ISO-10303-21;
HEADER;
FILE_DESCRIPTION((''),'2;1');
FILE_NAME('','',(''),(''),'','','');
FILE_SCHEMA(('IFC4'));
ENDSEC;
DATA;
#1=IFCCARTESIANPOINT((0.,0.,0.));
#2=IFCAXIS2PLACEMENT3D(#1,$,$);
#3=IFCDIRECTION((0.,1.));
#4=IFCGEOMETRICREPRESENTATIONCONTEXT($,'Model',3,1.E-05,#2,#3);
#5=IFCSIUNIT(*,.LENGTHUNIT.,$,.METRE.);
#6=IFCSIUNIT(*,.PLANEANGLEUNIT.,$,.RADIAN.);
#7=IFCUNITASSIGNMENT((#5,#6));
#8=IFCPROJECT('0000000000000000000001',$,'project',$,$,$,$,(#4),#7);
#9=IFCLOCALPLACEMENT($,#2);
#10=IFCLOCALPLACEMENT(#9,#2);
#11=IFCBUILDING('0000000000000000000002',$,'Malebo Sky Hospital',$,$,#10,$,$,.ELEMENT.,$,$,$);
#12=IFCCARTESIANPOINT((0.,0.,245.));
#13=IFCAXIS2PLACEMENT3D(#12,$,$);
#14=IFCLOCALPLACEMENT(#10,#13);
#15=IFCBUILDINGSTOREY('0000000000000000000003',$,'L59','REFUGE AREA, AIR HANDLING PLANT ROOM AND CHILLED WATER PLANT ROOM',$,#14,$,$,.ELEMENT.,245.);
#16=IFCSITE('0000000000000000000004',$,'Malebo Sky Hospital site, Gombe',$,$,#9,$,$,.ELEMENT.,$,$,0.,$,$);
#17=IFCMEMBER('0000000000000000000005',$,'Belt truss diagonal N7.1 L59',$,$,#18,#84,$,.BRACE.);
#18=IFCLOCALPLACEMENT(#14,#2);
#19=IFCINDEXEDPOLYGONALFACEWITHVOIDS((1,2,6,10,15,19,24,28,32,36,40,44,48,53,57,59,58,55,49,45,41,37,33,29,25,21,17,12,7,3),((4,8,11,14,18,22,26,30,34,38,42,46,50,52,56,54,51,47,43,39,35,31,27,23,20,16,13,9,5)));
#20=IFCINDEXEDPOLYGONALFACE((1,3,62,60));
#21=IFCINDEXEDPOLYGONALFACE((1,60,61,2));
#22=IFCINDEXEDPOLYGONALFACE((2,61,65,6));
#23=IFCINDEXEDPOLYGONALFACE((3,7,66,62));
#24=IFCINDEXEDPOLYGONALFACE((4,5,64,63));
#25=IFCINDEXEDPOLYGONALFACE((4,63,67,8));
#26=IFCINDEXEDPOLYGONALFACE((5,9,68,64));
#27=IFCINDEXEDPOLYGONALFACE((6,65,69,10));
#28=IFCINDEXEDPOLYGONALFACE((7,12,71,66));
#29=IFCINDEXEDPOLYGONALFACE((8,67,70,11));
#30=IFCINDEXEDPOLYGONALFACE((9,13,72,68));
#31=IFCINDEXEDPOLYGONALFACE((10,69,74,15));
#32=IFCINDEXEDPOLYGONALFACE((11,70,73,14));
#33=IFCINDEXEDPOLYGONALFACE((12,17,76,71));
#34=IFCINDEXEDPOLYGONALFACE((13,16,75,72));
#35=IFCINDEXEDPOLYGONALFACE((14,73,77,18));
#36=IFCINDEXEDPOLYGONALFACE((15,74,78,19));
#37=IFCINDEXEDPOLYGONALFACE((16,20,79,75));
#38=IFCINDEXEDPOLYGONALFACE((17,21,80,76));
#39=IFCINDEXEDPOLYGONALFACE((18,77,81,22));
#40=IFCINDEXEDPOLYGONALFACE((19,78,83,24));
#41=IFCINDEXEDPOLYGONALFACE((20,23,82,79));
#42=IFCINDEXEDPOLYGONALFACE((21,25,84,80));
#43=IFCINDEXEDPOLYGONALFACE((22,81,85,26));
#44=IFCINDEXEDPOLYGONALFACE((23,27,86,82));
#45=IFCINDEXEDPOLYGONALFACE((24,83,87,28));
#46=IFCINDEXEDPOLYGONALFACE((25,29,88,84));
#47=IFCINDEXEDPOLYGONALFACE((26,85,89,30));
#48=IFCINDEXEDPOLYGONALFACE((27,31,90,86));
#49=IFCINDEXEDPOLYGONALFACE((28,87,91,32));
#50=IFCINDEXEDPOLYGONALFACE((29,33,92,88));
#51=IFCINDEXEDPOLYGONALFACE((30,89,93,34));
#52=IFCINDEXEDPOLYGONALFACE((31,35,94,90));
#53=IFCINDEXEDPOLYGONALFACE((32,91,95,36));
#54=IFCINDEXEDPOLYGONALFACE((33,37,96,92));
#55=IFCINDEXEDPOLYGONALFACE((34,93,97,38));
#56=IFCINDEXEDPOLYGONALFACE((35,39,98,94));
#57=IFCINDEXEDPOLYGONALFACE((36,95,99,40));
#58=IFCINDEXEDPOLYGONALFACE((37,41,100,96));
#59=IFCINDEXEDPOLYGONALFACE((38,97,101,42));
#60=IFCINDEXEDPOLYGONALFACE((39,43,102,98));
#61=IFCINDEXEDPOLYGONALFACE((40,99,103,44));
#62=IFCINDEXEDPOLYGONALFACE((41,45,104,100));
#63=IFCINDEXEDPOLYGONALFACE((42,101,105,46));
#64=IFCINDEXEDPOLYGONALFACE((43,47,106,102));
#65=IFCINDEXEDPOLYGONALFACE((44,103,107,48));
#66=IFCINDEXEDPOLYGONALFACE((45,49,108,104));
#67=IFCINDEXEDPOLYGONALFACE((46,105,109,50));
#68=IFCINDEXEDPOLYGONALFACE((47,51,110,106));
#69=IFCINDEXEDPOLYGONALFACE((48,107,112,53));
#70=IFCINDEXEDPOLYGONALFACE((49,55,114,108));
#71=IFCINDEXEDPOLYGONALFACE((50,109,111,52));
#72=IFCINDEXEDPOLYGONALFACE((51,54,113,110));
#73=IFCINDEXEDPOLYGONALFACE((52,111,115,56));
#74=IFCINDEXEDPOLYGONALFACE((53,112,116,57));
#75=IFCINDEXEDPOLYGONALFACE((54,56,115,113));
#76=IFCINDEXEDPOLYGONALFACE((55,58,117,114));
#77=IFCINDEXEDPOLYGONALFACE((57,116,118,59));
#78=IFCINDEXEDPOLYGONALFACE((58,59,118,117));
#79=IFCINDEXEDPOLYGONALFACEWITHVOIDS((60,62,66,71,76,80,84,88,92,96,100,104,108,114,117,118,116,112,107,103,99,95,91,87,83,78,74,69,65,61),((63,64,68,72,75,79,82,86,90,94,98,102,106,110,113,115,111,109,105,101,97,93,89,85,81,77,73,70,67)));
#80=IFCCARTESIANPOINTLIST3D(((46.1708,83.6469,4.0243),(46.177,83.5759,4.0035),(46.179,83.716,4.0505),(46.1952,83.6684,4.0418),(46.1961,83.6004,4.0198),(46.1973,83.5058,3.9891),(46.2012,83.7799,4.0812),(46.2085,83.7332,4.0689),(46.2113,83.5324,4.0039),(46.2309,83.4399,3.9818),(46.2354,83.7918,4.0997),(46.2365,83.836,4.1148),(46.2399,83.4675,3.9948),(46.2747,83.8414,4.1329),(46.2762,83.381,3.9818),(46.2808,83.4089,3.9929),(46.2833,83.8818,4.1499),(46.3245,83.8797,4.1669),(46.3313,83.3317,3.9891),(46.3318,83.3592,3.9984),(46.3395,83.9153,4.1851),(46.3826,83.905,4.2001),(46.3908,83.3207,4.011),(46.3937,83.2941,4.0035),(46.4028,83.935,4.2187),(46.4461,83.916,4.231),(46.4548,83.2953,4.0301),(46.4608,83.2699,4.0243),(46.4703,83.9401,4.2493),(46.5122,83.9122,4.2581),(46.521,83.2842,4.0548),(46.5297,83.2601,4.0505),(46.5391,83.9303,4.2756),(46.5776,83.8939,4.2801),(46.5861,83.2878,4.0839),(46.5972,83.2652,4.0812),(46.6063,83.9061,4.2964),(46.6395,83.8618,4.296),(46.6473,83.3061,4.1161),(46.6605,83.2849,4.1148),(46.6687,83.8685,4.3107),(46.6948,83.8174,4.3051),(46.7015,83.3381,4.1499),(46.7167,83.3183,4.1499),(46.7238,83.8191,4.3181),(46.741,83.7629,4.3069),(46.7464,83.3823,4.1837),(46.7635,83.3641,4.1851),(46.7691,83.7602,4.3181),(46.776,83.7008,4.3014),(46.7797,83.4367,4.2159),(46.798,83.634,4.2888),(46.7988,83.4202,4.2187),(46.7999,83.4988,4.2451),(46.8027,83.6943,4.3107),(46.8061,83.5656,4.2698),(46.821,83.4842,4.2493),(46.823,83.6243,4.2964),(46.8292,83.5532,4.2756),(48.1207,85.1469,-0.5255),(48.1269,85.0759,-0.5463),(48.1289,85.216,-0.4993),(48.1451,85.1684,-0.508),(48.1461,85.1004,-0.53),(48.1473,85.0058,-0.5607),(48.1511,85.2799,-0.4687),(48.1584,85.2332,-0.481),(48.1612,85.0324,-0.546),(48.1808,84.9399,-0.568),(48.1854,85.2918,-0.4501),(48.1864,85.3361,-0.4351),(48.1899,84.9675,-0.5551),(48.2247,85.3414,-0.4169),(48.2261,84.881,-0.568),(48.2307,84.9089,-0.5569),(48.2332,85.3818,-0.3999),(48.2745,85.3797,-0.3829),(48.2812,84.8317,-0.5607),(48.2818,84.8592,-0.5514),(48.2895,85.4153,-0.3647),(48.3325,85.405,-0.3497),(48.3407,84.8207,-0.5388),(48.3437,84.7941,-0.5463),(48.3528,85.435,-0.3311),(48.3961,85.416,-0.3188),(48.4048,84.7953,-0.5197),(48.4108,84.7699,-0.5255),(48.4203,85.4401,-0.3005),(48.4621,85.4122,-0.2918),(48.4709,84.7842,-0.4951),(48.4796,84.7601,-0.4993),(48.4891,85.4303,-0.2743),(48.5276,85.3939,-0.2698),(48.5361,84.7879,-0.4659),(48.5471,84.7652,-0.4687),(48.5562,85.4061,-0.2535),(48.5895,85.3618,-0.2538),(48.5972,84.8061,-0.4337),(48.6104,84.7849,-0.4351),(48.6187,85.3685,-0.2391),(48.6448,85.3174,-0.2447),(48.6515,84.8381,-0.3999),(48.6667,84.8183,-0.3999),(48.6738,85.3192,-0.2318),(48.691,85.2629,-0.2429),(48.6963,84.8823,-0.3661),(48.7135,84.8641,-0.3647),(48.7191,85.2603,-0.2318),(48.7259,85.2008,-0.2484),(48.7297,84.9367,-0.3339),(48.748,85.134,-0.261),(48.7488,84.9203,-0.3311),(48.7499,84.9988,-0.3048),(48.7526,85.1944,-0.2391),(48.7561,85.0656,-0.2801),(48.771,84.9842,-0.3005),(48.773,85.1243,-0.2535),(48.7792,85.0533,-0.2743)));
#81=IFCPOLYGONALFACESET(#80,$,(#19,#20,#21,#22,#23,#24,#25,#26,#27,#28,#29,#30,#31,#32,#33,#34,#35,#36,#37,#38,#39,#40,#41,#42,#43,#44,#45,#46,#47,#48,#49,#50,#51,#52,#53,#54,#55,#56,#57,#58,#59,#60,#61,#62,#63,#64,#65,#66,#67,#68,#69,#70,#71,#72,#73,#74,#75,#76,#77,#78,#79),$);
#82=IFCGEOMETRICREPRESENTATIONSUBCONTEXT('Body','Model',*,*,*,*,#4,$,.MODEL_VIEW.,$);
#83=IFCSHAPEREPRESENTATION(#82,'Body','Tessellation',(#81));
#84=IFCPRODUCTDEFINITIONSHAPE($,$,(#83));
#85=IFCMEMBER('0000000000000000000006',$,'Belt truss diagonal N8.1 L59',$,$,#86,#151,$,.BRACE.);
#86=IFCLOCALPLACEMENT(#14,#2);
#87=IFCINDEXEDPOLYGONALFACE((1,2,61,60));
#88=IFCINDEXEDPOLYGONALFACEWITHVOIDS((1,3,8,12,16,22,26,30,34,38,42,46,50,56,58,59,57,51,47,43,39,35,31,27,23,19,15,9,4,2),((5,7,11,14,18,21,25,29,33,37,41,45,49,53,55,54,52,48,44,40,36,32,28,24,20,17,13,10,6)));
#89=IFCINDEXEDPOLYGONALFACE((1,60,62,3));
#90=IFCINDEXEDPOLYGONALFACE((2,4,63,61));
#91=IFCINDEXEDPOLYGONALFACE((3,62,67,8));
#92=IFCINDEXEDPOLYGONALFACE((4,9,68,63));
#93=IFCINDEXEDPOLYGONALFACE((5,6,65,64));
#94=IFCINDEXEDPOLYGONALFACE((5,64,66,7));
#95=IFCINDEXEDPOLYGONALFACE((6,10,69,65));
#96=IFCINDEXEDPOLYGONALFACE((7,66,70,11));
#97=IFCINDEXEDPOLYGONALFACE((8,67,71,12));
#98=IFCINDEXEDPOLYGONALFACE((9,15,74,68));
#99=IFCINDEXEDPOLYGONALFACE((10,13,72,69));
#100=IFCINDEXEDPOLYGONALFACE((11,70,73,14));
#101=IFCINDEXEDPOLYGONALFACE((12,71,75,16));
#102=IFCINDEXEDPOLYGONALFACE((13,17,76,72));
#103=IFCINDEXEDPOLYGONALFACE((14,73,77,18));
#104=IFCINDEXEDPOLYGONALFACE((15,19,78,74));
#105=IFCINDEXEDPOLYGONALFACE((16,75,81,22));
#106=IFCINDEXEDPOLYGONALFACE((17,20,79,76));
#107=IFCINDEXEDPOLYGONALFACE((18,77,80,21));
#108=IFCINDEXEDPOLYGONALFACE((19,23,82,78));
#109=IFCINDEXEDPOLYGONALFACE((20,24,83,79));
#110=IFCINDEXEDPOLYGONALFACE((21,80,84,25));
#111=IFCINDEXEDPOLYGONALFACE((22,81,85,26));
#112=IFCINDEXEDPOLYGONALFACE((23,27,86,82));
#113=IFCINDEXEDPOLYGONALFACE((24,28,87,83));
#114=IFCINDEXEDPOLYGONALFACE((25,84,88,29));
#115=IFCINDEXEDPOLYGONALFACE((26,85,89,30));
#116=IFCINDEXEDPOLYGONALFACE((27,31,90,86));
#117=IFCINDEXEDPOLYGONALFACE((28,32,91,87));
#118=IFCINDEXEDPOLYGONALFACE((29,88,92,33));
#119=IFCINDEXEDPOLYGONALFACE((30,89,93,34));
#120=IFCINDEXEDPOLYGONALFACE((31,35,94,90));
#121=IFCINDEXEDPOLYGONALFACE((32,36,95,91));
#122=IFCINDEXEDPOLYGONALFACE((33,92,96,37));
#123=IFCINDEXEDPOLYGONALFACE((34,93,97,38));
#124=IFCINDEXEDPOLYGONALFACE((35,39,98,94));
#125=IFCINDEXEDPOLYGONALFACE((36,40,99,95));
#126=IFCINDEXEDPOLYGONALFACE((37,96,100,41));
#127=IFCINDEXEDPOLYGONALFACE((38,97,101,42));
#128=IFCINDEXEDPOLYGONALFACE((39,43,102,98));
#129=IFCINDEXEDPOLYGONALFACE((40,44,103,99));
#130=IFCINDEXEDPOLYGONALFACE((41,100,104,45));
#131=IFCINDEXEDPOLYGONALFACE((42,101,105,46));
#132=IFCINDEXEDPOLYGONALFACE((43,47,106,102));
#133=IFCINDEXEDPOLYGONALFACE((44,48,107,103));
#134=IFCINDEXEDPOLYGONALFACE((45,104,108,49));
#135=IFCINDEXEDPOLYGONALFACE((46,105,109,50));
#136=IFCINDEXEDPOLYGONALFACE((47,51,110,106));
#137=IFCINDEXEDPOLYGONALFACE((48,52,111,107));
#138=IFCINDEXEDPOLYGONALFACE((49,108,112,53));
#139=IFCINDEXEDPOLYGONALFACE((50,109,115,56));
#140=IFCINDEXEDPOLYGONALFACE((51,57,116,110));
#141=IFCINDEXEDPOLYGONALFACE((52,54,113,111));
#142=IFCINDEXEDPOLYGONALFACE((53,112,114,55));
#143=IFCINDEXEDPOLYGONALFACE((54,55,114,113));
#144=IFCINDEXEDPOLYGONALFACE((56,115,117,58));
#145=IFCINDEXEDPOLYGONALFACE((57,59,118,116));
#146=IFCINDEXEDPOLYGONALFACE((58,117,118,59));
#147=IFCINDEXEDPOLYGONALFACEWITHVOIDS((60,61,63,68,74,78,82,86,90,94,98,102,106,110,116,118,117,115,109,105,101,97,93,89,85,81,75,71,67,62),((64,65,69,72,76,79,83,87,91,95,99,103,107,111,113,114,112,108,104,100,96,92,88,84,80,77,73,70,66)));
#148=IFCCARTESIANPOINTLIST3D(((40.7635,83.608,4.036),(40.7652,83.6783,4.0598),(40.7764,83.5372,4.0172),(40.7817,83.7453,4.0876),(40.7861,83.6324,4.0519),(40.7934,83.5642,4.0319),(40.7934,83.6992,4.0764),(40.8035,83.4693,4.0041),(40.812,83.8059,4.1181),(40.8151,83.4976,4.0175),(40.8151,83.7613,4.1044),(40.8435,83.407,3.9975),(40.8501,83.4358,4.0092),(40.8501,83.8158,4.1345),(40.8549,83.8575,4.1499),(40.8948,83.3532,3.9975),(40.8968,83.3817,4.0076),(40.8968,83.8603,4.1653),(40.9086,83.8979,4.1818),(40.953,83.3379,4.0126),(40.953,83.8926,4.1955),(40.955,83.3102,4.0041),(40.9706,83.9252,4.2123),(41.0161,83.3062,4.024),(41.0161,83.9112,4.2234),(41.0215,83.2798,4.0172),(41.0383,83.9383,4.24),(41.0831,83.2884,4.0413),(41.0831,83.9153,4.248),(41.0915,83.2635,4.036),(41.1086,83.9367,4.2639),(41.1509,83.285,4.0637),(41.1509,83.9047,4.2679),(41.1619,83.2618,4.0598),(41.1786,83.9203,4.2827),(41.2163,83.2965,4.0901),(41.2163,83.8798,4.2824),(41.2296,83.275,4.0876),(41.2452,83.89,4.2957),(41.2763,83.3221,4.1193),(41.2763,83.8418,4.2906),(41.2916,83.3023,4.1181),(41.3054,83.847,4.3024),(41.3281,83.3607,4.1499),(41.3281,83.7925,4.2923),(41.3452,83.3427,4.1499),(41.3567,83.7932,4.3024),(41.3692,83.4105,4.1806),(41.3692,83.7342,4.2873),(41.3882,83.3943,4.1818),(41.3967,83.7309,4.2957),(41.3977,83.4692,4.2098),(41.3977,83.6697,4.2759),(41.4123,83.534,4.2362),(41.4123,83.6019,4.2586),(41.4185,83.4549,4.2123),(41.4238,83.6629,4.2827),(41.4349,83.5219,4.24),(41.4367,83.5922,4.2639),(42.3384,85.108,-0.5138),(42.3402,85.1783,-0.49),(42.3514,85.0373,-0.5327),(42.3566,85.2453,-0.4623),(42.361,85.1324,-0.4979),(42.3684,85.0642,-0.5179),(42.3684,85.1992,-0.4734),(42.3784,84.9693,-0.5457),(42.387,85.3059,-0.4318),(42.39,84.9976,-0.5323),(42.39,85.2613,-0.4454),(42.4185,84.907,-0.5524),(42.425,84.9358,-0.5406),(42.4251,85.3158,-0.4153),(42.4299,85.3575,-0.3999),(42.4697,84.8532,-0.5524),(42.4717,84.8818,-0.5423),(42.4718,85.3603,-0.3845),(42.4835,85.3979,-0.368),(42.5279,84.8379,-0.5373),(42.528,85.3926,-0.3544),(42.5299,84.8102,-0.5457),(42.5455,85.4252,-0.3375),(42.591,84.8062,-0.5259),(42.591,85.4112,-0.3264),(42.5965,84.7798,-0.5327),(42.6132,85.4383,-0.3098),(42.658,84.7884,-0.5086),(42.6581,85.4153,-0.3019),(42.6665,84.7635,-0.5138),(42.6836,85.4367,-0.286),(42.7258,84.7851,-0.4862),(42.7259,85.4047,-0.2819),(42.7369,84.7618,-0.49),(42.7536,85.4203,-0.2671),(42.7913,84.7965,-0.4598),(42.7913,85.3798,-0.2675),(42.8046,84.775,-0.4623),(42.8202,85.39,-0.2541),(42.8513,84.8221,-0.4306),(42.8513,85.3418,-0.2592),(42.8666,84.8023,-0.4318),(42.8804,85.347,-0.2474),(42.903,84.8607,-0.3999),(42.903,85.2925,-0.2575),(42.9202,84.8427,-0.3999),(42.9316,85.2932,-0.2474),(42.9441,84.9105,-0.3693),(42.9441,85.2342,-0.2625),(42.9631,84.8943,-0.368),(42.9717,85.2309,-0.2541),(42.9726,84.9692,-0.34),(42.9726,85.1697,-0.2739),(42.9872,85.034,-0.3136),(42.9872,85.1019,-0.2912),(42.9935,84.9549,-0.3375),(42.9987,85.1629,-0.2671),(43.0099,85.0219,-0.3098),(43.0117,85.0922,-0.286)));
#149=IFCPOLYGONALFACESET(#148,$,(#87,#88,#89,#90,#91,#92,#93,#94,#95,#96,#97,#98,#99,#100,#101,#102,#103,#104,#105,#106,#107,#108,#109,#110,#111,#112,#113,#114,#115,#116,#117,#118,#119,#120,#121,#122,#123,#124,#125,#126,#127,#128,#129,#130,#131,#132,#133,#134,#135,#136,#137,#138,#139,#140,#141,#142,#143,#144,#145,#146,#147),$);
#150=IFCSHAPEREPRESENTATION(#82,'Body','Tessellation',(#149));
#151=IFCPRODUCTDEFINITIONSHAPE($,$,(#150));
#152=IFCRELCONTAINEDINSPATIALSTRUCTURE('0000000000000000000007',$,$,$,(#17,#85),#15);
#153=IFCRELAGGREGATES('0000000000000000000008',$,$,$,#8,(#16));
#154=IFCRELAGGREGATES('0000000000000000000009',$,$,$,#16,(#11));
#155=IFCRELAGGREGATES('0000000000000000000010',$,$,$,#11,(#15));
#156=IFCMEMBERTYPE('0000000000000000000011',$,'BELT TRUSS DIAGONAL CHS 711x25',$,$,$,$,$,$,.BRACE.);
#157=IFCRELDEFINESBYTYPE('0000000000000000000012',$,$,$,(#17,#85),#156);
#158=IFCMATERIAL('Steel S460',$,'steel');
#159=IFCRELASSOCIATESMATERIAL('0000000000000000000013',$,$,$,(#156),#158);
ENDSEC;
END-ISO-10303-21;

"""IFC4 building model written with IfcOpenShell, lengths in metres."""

from ifc_helpers import new_model, si_unit, direction, frame, origin, origin_2d, place, context, subcontext, project, spatial, hollow_circle, extrude, material, material_profile, profile_set, type_object, element, save


model = new_model("IFC4")

# Units and contexts
model_context = context("Model", 3, precision=1e-05, world=origin(), true_north=direction((0.0, 1.0)))
body_context = subcontext(model_context, "Body", "Model", "MODEL_VIEW")
ifc_project = project(units=[si_unit("LENGTHUNIT", "METRE"), si_unit("PLANEANGLEUNIT", "RADIAN")], contexts=[model_context])

# Site, building, storey
site_placement = place(None, origin())
site = spatial("IfcSite", under=ifc_project, at=site_placement, Name="Malebo Sky Hospital site, Gombe", CompositionType="ELEMENT", RefElevation=0.0)
building_placement = place(site_placement, origin())
building = spatial("IfcBuilding", under=site, at=building_placement, Name="Malebo Sky Hospital", CompositionType="ELEMENT")
storey_placement = place(building_placement, frame((0.0, 0.0, 245.0)))
storey = spatial("IfcBuildingStorey", under=building, at=storey_placement, Name="L59", Description="REFUGE AREA, AIR HANDLING PLANT ROOM AND CHILLED WATER PLANT ROOM", CompositionType="ELEMENT", Elevation=245.0)

# Members
ifc_material_1 = material(Name="Steel S460", Category="steel")
ifc_material_profile_1 = material_profile(ifc_material_1, hollow_circle(Radius=0.3555, WallThickness=0.0249, at=origin_2d()), Name="CHS 711x25")
ifc_profile_set_1 = profile_set([ifc_material_profile_1], Name="Steel S460")
member_type_1 = type_object("IfcMemberType", Name="BELT TRUSS DIAGONAL CHS 711x25", PredefinedType="BRACE", material=ifc_profile_set_1)
member_1_placement = place(storey_placement, frame((48.45, 85.1001, -0.3999), z_axis=(-0.376996, -0.290005, 0.879643), x_axis=(0.60972, -0.792617, 0.0)))
element("IfcMember", 1, at=member_1_placement, inside=storey, type_object=member_type_1, Name="Belt truss diagonal N7.1 L59", PredefinedType="BRACE", context=body_context, shape_type="SweptSolid", body=[
    extrude(hollow_circle(Radius=0.3555, WallThickness=0.0249, at=origin_2d()), origin(), (0.0, 0.0, 1.0), 5.1724),
])
member_2_placement = place(storey_placement, frame((42.675, 85.1001, -0.3999), z_axis=(-0.312308, -0.297446, 0.902214), x_axis=(0.689666, -0.724127, 0.0)))
element("IfcMember", 2, at=member_2_placement, inside=storey, type_object=member_type_1, Name="Belt truss diagonal N8.1 L59", PredefinedType="BRACE", context=body_context, shape_type="SweptSolid", body=[
    extrude(hollow_circle(Radius=0.3555, WallThickness=0.0249, at=origin_2d()), origin(), (0.0, 0.0, 1.0), 5.043),
])

save(model, "model.ifc")
